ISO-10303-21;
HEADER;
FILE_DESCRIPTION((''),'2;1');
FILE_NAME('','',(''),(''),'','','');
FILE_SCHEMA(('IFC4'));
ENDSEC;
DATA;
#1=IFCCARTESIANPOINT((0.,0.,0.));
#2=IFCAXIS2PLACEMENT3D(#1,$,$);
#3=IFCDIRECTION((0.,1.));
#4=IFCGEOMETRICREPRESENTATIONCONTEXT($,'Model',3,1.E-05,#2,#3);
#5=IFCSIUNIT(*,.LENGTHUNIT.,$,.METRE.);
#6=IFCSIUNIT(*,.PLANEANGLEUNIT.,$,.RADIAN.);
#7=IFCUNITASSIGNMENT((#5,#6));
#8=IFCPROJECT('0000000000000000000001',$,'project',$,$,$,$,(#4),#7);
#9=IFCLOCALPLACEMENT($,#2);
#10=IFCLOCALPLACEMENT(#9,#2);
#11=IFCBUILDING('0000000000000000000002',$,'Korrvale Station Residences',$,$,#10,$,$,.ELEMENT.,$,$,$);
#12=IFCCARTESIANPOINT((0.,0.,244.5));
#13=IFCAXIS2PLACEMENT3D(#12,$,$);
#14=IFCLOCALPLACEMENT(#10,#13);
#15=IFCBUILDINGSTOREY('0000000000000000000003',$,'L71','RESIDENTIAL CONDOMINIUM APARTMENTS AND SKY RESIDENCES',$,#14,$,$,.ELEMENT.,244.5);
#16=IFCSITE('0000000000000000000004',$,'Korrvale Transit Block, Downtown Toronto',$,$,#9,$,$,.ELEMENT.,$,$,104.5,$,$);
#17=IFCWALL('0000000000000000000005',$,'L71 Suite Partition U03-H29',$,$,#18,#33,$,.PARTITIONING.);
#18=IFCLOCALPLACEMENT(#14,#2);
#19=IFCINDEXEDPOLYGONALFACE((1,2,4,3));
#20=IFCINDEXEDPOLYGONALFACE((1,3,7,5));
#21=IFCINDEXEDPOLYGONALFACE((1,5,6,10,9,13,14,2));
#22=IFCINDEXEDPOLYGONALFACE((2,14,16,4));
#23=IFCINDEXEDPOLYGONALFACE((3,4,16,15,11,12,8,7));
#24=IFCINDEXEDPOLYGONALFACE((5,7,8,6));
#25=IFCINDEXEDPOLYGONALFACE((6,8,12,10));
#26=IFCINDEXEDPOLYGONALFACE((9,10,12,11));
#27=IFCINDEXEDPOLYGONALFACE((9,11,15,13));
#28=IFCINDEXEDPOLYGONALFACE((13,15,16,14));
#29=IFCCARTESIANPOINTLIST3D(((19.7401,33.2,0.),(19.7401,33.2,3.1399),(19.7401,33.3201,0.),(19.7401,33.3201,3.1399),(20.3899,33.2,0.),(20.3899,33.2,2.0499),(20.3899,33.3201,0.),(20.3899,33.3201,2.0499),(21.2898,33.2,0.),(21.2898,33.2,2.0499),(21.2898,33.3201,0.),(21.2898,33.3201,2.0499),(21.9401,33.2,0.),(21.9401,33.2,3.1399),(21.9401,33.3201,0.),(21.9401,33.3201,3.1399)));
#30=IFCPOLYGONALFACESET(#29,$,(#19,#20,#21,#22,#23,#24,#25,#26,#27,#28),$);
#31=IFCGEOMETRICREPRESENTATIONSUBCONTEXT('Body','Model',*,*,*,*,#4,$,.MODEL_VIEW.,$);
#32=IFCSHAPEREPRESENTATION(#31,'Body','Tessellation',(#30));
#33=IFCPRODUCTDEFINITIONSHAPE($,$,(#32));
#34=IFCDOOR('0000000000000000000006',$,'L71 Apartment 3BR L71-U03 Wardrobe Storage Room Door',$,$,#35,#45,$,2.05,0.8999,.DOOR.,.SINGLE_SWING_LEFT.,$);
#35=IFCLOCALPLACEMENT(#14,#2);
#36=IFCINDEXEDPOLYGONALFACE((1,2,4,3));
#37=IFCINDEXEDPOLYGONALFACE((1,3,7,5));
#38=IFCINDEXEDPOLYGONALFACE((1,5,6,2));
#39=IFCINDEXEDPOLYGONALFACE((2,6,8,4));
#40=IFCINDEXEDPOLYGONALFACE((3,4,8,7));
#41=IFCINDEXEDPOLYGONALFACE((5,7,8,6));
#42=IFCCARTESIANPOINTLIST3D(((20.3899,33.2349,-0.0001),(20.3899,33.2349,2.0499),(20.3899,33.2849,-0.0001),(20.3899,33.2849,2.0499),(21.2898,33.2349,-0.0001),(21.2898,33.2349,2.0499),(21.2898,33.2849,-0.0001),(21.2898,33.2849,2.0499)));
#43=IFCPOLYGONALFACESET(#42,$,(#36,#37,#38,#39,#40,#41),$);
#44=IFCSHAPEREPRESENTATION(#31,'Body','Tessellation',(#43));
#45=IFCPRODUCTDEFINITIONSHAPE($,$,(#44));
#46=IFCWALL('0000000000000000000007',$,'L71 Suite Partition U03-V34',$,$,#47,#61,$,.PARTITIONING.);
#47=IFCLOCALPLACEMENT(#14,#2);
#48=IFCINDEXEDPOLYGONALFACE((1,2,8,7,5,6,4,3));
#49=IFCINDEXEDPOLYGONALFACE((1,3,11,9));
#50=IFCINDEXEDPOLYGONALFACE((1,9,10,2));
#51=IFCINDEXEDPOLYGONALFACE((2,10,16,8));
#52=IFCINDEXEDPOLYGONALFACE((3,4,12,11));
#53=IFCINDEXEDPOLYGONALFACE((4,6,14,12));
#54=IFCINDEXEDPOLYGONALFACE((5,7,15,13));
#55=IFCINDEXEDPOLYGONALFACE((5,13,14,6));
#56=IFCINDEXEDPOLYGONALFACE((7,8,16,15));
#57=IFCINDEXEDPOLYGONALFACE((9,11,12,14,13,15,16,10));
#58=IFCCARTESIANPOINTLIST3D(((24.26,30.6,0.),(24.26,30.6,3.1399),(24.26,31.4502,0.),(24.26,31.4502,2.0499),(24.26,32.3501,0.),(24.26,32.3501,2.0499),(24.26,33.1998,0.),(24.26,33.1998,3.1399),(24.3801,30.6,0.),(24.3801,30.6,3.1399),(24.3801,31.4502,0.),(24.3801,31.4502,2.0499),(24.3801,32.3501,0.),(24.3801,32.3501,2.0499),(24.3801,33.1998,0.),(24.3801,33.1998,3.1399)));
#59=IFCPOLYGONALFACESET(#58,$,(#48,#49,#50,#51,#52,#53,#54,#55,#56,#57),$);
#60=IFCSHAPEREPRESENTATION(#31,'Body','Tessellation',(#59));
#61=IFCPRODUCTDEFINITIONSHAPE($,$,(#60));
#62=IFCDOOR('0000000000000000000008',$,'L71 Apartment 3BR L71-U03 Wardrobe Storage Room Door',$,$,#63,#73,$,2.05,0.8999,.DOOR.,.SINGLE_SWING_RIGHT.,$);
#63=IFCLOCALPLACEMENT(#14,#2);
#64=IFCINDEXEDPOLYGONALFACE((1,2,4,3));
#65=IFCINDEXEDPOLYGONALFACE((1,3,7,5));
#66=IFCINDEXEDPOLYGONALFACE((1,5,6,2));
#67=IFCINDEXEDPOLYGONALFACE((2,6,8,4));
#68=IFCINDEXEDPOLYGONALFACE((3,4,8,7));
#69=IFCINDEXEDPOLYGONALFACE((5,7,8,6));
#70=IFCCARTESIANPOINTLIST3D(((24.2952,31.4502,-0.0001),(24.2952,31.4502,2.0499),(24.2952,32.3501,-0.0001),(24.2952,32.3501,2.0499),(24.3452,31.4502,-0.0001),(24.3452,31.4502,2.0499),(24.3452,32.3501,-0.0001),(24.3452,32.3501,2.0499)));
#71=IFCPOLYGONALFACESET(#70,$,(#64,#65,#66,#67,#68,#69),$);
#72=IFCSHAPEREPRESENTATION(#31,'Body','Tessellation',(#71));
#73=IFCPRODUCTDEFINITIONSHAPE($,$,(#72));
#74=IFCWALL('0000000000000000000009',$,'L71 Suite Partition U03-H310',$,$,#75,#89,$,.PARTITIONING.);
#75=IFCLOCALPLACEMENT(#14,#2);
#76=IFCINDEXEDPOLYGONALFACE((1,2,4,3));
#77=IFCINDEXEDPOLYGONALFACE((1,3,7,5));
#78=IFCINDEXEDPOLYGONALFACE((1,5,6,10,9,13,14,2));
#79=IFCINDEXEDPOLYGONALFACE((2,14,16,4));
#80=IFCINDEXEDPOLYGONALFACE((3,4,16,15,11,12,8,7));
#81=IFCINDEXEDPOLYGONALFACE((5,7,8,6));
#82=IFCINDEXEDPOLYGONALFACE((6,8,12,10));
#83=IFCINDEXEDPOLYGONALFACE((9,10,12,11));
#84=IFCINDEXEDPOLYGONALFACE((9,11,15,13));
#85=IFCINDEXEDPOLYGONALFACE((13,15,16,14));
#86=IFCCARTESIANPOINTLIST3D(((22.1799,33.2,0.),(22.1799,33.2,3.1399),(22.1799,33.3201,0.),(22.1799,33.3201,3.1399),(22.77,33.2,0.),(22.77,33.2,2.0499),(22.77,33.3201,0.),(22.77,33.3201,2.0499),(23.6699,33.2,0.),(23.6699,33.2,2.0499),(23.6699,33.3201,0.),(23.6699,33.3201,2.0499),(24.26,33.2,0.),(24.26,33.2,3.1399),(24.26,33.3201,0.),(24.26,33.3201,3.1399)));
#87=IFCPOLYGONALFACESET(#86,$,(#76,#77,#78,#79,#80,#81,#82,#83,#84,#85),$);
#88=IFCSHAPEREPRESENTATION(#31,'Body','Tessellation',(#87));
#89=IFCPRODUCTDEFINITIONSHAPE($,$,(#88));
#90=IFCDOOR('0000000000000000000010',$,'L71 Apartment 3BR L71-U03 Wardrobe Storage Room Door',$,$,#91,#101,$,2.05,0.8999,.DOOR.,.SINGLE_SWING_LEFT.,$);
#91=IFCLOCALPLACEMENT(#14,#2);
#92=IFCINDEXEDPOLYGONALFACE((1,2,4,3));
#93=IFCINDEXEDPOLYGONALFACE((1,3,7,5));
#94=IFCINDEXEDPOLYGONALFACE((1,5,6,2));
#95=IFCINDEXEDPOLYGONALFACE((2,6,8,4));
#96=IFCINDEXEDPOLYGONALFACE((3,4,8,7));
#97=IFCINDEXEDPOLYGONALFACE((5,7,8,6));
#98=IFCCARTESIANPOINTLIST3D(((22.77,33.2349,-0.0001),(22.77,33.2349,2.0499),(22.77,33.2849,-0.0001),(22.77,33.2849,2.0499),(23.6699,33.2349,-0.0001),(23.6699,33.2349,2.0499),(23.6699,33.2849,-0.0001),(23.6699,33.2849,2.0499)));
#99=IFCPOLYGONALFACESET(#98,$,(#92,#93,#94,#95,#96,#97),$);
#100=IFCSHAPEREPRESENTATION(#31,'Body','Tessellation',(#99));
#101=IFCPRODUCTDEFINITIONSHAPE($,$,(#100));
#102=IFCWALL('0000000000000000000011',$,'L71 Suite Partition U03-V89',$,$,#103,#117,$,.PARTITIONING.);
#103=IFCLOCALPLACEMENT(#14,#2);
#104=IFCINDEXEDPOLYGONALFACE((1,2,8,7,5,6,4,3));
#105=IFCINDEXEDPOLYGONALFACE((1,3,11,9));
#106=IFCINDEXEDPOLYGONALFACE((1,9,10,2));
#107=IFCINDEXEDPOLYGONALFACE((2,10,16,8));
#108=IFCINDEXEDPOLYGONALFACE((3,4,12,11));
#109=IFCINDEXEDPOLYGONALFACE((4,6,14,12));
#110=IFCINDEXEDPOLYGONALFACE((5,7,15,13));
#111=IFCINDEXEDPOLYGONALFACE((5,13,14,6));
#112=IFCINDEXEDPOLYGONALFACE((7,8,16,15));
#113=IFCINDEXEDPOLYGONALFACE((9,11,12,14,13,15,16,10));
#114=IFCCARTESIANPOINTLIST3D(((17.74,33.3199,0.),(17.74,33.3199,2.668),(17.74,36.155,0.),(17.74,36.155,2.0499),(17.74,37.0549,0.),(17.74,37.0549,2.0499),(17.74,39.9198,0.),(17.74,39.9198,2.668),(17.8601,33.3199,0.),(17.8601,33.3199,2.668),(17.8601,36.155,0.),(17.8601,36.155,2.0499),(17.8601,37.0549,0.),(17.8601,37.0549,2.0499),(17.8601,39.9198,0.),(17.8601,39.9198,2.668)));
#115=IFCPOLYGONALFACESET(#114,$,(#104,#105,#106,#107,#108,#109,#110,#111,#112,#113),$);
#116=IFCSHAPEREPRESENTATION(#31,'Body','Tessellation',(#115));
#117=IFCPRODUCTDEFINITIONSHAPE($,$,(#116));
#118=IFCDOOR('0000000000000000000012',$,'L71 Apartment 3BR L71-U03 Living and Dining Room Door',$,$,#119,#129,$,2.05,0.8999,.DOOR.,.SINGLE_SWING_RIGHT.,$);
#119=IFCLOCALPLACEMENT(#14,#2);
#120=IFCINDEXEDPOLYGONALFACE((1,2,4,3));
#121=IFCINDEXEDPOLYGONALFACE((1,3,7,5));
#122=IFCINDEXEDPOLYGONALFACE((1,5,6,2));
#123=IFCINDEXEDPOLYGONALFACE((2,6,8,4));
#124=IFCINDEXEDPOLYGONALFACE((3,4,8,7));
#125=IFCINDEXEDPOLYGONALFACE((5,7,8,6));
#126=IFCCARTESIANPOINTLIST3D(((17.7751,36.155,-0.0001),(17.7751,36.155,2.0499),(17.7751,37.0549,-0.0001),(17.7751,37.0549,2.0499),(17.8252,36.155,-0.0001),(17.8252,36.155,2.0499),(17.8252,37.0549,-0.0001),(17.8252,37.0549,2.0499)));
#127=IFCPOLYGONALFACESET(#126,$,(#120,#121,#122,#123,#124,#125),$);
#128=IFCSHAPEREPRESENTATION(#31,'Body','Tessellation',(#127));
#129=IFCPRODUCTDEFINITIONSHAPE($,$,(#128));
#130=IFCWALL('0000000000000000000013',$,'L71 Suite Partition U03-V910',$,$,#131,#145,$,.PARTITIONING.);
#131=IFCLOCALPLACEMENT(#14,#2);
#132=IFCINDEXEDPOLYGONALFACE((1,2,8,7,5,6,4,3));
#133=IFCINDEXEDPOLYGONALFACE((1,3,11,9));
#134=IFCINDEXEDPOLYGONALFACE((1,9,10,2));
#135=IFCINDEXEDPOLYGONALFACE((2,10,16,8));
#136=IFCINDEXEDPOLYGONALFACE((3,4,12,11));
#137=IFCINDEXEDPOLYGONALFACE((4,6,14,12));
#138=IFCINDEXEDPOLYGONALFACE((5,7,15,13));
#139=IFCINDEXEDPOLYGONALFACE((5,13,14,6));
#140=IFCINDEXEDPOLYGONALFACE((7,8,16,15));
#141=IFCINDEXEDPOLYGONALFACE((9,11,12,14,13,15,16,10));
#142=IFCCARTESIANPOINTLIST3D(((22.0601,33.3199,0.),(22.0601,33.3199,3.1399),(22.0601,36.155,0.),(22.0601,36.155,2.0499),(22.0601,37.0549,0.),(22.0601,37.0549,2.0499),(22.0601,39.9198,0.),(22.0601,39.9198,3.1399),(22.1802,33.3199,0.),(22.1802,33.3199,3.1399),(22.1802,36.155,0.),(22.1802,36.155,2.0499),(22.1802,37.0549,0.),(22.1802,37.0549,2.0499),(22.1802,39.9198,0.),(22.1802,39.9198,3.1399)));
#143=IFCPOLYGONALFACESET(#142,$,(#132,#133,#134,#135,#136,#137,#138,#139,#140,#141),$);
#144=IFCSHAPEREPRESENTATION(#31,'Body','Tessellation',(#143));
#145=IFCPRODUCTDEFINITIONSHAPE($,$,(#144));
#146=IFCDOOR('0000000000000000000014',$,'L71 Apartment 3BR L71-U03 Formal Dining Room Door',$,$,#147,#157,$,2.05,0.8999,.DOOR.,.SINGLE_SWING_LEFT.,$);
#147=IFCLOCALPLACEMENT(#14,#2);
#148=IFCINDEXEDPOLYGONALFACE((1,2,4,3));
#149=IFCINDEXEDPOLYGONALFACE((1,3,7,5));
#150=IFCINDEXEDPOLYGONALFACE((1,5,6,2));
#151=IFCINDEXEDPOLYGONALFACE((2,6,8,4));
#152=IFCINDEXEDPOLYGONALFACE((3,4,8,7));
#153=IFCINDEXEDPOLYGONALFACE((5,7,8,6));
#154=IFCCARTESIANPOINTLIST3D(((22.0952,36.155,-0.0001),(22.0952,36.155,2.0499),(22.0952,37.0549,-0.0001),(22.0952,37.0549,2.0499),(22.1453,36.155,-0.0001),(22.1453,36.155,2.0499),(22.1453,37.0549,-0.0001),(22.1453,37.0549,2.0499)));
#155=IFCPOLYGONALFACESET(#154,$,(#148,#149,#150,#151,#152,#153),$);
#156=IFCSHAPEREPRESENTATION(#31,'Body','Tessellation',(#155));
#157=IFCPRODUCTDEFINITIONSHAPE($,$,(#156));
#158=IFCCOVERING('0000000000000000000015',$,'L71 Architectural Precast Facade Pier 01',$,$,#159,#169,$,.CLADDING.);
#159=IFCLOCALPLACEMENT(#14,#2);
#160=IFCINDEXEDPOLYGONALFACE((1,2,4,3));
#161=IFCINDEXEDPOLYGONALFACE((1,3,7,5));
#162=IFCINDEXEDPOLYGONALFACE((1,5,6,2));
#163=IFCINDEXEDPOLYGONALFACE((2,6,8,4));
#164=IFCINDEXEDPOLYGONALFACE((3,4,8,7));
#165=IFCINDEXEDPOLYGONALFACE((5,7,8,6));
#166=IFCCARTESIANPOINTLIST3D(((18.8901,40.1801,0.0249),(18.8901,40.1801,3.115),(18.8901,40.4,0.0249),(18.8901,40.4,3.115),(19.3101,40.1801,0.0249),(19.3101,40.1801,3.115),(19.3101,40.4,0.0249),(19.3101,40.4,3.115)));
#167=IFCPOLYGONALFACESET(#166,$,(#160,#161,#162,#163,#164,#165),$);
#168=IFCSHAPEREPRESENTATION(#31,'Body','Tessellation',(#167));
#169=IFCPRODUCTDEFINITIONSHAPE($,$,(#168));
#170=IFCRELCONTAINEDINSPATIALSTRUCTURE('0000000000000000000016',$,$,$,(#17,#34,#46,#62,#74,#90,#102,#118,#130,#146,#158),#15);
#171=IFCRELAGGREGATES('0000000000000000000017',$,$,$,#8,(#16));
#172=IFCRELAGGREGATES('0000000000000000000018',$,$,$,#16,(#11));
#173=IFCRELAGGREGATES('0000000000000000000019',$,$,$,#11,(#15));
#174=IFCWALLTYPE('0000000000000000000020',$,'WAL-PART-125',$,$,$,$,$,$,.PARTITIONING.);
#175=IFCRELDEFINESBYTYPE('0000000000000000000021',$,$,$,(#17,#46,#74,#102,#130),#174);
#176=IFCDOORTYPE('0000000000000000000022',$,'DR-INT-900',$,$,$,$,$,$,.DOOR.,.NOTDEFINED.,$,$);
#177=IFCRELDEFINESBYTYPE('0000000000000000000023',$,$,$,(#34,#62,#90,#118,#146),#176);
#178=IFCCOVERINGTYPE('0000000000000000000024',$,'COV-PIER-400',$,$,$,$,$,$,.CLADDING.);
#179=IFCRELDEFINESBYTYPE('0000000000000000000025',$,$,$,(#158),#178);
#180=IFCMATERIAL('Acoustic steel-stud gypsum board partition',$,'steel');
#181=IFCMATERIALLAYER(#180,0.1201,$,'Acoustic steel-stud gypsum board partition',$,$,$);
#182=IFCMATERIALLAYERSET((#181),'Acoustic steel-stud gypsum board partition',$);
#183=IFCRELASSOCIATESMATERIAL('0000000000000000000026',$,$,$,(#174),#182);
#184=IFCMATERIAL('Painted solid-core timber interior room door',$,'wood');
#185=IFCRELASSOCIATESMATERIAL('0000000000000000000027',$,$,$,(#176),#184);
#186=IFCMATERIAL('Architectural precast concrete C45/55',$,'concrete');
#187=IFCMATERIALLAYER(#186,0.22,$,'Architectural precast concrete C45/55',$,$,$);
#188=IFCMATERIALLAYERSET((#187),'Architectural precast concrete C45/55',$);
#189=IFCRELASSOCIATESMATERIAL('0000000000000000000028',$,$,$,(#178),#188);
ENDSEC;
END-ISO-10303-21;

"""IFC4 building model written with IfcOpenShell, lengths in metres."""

from ifc_helpers import new_model, si_unit, direction, frame, frame_2d, origin, origin_2d, place, context, subcontext, project, spatial, rectangle, extrude, material, layer, layer_set, type_object, element, fill, save


model = new_model("IFC4")

# Units and contexts
model_context = context("Model", 3, precision=1e-05, world=origin(), true_north=direction((0.0, 1.0)))
body_context = subcontext(model_context, "Body", "Model", "MODEL_VIEW")
ifc_project = project(units=[si_unit("LENGTHUNIT", "METRE"), si_unit("PLANEANGLEUNIT", "RADIAN")], contexts=[model_context])

# Site, building, storey
site_placement = place(None, origin())
site = spatial("IfcSite", under=ifc_project, at=site_placement, Name="Korrvale Transit Block, Downtown Toronto", CompositionType="ELEMENT", RefElevation=104.5)
building_placement = place(site_placement, origin())
building = spatial("IfcBuilding", under=site, at=building_placement, Name="Korrvale Station Residences", CompositionType="ELEMENT")
storey_placement = place(building_placement, frame((0.0, 0.0, 244.5)))
storey = spatial("IfcBuildingStorey", under=building, at=storey_placement, Name="L71", Description="RESIDENTIAL CONDOMINIUM APARTMENTS AND SKY RESIDENCES", CompositionType="ELEMENT", Elevation=244.5)

# Walls, openings, doors
ifc_material_1 = material(Name="Acoustic steel-stud gypsum board partition", Category="steel")
ifc_layer_1 = layer(ifc_material_1, 0.1201, Name="Acoustic steel-stud gypsum board partition")
ifc_layer_set_1 = layer_set([ifc_layer_1], Name="Acoustic steel-stud gypsum board partition")
wall_type = type_object("IfcWallType", Name="WAL-PART-125", PredefinedType="PARTITIONING", material=ifc_layer_set_1)
ifc_material_2 = material(Name="Painted solid-core timber interior room door", Category="wood")
door_type = type_object("IfcDoorType", Name="DR-INT-900", OperationType="NOTDEFINED", PredefinedType="DOOR", material=ifc_material_2)
wall_1_placement = place(storey_placement, frame((19.74, 33.26, 0.0), z_axis=(0.0, 0.0, 1.0), x_axis=(1.0, 0.0, 0.0)))
wall_1 = element("IfcWall", 1, at=wall_1_placement, inside=storey, type_object=wall_type, Name="L71 Suite Partition U03-H29", PredefinedType="PARTITIONING", context=body_context, shape_type="SweptSolid", body=[
    extrude(rectangle(XDim=2.2, YDim=0.1201, at=frame_2d((1.1001, 0.0))), origin(), (0.0, 0.0, 1.0), 3.1399),
])
opening_1_placement = place(wall_1_placement, frame((0.6499, 0.0, 0.0)))
opening_1 = element("IfcOpeningElement", 2, at=opening_1_placement, cuts=wall_1, PredefinedType="OPENING", context=body_context, shape_type="SweptSolid", body=[
    extrude(rectangle(XDim=0.8999, YDim=2.05, at=frame_2d((0.45, 1.0249))), frame((0.0, 0.0701, 0.0), z_axis=(0.0, -1.0, 0.0), x_axis=(1.0, 0.0, 0.0)), (0.0, 0.0, 1.0), 0.1401),
])
door_1_placement = place(opening_1_placement, origin())
door_1 = element("IfcDoor", 3, at=door_1_placement, inside=storey, type_object=door_type, Name="L71 Apartment 3BR L71-U03 Wardrobe Storage Room Door", OperationType="SINGLE_SWING_LEFT", OverallHeight=2.05, OverallWidth=0.8999, PredefinedType="DOOR", context=body_context, shape_type="SweptSolid", body=[
    extrude(rectangle(XDim=0.8999, YDim=2.05, at=frame_2d((0.45, 1.0249))), frame((0.0, 0.0249, 0.0), z_axis=(0.0, -1.0, 0.0), x_axis=(1.0, 0.0, 0.0)), (0.0, 0.0, 1.0), 0.05),
])
fill(opening_1, door_1)
wall_2_placement = place(storey_placement, frame((24.3201, 30.6001, 0.0), z_axis=(0.0, 0.0, 1.0), x_axis=(0.0, 1.0, 0.0)))
wall_2 = element("IfcWall", 4, at=wall_2_placement, inside=storey, type_object=wall_type, Name="L71 Suite Partition U03-V34", PredefinedType="PARTITIONING", context=body_context, shape_type="SweptSolid", body=[
    extrude(rectangle(XDim=2.5999, YDim=0.1201, at=frame_2d((1.2998, 0.0))), origin(), (0.0, 0.0, 1.0), 3.1399),
])
opening_2_placement = place(wall_2_placement, frame((0.8501, 0.0, 0.0)))
opening_2 = element("IfcOpeningElement", 5, at=opening_2_placement, cuts=wall_2, PredefinedType="OPENING", context=body_context, shape_type="SweptSolid", body=[
    extrude(rectangle(XDim=0.8999, YDim=2.05, at=frame_2d((0.45, 1.0249))), frame((0.0, 0.0701, 0.0), z_axis=(0.0, -1.0, 0.0), x_axis=(1.0, 0.0, 0.0)), (0.0, 0.0, 1.0), 0.1401),
])
door_2_placement = place(opening_2_placement, origin())
door_2 = element("IfcDoor", 6, at=door_2_placement, inside=storey, type_object=door_type, Name="L71 Apartment 3BR L71-U03 Wardrobe Storage Room Door", OperationType="SINGLE_SWING_RIGHT", OverallHeight=2.05, OverallWidth=0.8999, PredefinedType="DOOR", context=body_context, shape_type="SweptSolid", body=[
    extrude(rectangle(XDim=0.8999, YDim=2.05, at=frame_2d((0.45, 1.0249))), frame((0.0, 0.0249, 0.0), z_axis=(0.0, -1.0, 0.0), x_axis=(1.0, 0.0, 0.0)), (0.0, 0.0, 1.0), 0.05),
])
fill(opening_2, door_2)
wall_3_placement = place(storey_placement, frame((22.1799, 33.26, 0.0), z_axis=(0.0, 0.0, 1.0), x_axis=(1.0, 0.0, 0.0)))
wall_3 = element("IfcWall", 7, at=wall_3_placement, inside=storey, type_object=wall_type, Name="L71 Suite Partition U03-H310", PredefinedType="PARTITIONING", context=body_context, shape_type="SweptSolid", body=[
    extrude(rectangle(XDim=2.0801, YDim=0.1201, at=frame_2d((1.04, 0.0))), origin(), (0.0, 0.0, 1.0), 3.1399),
])
opening_3_placement = place(wall_3_placement, frame((0.5901, 0.0, 0.0)))
opening_3 = element("IfcOpeningElement", 8, at=opening_3_placement, cuts=wall_3, PredefinedType="OPENING", context=body_context, shape_type="SweptSolid", body=[
    extrude(rectangle(XDim=0.8999, YDim=2.05, at=frame_2d((0.45, 1.0249))), frame((0.0, 0.0701, 0.0), z_axis=(0.0, -1.0, 0.0), x_axis=(1.0, 0.0, 0.0)), (0.0, 0.0, 1.0), 0.1401),
])
door_3_placement = place(opening_3_placement, origin())
door_3 = element("IfcDoor", 9, at=door_3_placement, inside=storey, type_object=door_type, Name="L71 Apartment 3BR L71-U03 Wardrobe Storage Room Door", OperationType="SINGLE_SWING_LEFT", OverallHeight=2.05, OverallWidth=0.8999, PredefinedType="DOOR", context=body_context, shape_type="SweptSolid", body=[
    extrude(rectangle(XDim=0.8999, YDim=2.05, at=frame_2d((0.45, 1.0249))), frame((0.0, 0.0249, 0.0), z_axis=(0.0, -1.0, 0.0), x_axis=(1.0, 0.0, 0.0)), (0.0, 0.0, 1.0), 0.05),
])
fill(opening_3, door_3)
wall_4_placement = place(storey_placement, frame((17.8, 33.3201, 0.0), z_axis=(0.0, 0.0, 1.0), x_axis=(0.0, 1.0, 0.0)))
wall_4 = element("IfcWall", 10, at=wall_4_placement, inside=storey, type_object=wall_type, Name="L71 Suite Partition U03-V89", PredefinedType="PARTITIONING", context=body_context, shape_type="SweptSolid", body=[
    extrude(rectangle(XDim=6.5999, YDim=0.1201, at=frame_2d((3.2998, 0.0))), origin(), (0.0, 0.0, 1.0), 2.668),
])
opening_4_placement = place(wall_4_placement, frame((2.835, 0.0, 0.0)))
opening_4 = element("IfcOpeningElement", 11, at=opening_4_placement, cuts=wall_4, PredefinedType="OPENING", context=body_context, shape_type="SweptSolid", body=[
    extrude(rectangle(XDim=0.8999, YDim=2.05, at=frame_2d((0.45, 1.0249))), frame((0.0, 0.0701, 0.0), z_axis=(0.0, -1.0, 0.0), x_axis=(1.0, 0.0, 0.0)), (0.0, 0.0, 1.0), 0.1401),
])
door_4_placement = place(opening_4_placement, origin())
door_4 = element("IfcDoor", 12, at=door_4_placement, inside=storey, type_object=door_type, Name="L71 Apartment 3BR L71-U03 Living and Dining Room Door", OperationType="SINGLE_SWING_RIGHT", OverallHeight=2.05, OverallWidth=0.8999, PredefinedType="DOOR", context=body_context, shape_type="SweptSolid", body=[
    extrude(rectangle(XDim=0.8999, YDim=2.05, at=frame_2d((0.45, 1.0249))), frame((0.0, 0.0249, 0.0), z_axis=(0.0, -1.0, 0.0), x_axis=(1.0, 0.0, 0.0)), (0.0, 0.0, 1.0), 0.05),
])
fill(opening_4, door_4)
wall_5_placement = place(storey_placement, frame((22.1201, 33.3201, 0.0), z_axis=(0.0, 0.0, 1.0), x_axis=(0.0, 1.0, 0.0)))
wall_5 = element("IfcWall", 13, at=wall_5_placement, inside=storey, type_object=wall_type, Name="L71 Suite Partition U03-V910", PredefinedType="PARTITIONING", context=body_context, shape_type="SweptSolid", body=[
    extrude(rectangle(XDim=6.5999, YDim=0.1201, at=frame_2d((3.2998, 0.0))), origin(), (0.0, 0.0, 1.0), 3.1399),
])
opening_5_placement = place(wall_5_placement, frame((2.835, 0.0, 0.0)))
opening_5 = element("IfcOpeningElement", 14, at=opening_5_placement, cuts=wall_5, PredefinedType="OPENING", context=body_context, shape_type="SweptSolid", body=[
    extrude(rectangle(XDim=0.8999, YDim=2.05, at=frame_2d((0.45, 1.0249))), frame((0.0, 0.0701, 0.0), z_axis=(0.0, -1.0, 0.0), x_axis=(1.0, 0.0, 0.0)), (0.0, 0.0, 1.0), 0.1401),
])
door_5_placement = place(opening_5_placement, origin())
door_5 = element("IfcDoor", 15, at=door_5_placement, inside=storey, type_object=door_type, Name="L71 Apartment 3BR L71-U03 Formal Dining Room Door", OperationType="SINGLE_SWING_LEFT", OverallHeight=2.05, OverallWidth=0.8999, PredefinedType="DOOR", context=body_context, shape_type="SweptSolid", body=[
    extrude(rectangle(XDim=0.8999, YDim=2.05, at=frame_2d((0.45, 1.0249))), frame((0.0, 0.0249, 0.0), z_axis=(0.0, -1.0, 0.0), x_axis=(1.0, 0.0, 0.0)), (0.0, 0.0, 1.0), 0.05),
])
fill(opening_5, door_5)

# Covering
ifc_material_3 = material(Name="Architectural precast concrete C45/55", Category="concrete")
ifc_layer_2 = layer(ifc_material_3, 0.22, Name="Architectural precast concrete C45/55")
ifc_layer_set_2 = layer_set([ifc_layer_2], Name="Architectural precast concrete C45/55")
covering_type = type_object("IfcCoveringType", Name="COV-PIER-400", PredefinedType="CLADDING", material=ifc_layer_set_2)
covering_placement = place(storey_placement, frame((19.1001, 40.29, 0.0249), z_axis=(0.0, 0.0, 1.0), x_axis=(1.0, 0.0, 0.0)))
element("IfcCovering", 16, at=covering_placement, inside=storey, type_object=covering_type, Name="L71 Architectural Precast Facade Pier 01", PredefinedType="CLADDING", context=body_context, shape_type="SweptSolid", body=[
    extrude(rectangle(XDim=0.4199, YDim=0.22, at=origin_2d()), origin(), (0.0, 0.0, 1.0), 3.0901),
])

save(model, "model.ifc")
